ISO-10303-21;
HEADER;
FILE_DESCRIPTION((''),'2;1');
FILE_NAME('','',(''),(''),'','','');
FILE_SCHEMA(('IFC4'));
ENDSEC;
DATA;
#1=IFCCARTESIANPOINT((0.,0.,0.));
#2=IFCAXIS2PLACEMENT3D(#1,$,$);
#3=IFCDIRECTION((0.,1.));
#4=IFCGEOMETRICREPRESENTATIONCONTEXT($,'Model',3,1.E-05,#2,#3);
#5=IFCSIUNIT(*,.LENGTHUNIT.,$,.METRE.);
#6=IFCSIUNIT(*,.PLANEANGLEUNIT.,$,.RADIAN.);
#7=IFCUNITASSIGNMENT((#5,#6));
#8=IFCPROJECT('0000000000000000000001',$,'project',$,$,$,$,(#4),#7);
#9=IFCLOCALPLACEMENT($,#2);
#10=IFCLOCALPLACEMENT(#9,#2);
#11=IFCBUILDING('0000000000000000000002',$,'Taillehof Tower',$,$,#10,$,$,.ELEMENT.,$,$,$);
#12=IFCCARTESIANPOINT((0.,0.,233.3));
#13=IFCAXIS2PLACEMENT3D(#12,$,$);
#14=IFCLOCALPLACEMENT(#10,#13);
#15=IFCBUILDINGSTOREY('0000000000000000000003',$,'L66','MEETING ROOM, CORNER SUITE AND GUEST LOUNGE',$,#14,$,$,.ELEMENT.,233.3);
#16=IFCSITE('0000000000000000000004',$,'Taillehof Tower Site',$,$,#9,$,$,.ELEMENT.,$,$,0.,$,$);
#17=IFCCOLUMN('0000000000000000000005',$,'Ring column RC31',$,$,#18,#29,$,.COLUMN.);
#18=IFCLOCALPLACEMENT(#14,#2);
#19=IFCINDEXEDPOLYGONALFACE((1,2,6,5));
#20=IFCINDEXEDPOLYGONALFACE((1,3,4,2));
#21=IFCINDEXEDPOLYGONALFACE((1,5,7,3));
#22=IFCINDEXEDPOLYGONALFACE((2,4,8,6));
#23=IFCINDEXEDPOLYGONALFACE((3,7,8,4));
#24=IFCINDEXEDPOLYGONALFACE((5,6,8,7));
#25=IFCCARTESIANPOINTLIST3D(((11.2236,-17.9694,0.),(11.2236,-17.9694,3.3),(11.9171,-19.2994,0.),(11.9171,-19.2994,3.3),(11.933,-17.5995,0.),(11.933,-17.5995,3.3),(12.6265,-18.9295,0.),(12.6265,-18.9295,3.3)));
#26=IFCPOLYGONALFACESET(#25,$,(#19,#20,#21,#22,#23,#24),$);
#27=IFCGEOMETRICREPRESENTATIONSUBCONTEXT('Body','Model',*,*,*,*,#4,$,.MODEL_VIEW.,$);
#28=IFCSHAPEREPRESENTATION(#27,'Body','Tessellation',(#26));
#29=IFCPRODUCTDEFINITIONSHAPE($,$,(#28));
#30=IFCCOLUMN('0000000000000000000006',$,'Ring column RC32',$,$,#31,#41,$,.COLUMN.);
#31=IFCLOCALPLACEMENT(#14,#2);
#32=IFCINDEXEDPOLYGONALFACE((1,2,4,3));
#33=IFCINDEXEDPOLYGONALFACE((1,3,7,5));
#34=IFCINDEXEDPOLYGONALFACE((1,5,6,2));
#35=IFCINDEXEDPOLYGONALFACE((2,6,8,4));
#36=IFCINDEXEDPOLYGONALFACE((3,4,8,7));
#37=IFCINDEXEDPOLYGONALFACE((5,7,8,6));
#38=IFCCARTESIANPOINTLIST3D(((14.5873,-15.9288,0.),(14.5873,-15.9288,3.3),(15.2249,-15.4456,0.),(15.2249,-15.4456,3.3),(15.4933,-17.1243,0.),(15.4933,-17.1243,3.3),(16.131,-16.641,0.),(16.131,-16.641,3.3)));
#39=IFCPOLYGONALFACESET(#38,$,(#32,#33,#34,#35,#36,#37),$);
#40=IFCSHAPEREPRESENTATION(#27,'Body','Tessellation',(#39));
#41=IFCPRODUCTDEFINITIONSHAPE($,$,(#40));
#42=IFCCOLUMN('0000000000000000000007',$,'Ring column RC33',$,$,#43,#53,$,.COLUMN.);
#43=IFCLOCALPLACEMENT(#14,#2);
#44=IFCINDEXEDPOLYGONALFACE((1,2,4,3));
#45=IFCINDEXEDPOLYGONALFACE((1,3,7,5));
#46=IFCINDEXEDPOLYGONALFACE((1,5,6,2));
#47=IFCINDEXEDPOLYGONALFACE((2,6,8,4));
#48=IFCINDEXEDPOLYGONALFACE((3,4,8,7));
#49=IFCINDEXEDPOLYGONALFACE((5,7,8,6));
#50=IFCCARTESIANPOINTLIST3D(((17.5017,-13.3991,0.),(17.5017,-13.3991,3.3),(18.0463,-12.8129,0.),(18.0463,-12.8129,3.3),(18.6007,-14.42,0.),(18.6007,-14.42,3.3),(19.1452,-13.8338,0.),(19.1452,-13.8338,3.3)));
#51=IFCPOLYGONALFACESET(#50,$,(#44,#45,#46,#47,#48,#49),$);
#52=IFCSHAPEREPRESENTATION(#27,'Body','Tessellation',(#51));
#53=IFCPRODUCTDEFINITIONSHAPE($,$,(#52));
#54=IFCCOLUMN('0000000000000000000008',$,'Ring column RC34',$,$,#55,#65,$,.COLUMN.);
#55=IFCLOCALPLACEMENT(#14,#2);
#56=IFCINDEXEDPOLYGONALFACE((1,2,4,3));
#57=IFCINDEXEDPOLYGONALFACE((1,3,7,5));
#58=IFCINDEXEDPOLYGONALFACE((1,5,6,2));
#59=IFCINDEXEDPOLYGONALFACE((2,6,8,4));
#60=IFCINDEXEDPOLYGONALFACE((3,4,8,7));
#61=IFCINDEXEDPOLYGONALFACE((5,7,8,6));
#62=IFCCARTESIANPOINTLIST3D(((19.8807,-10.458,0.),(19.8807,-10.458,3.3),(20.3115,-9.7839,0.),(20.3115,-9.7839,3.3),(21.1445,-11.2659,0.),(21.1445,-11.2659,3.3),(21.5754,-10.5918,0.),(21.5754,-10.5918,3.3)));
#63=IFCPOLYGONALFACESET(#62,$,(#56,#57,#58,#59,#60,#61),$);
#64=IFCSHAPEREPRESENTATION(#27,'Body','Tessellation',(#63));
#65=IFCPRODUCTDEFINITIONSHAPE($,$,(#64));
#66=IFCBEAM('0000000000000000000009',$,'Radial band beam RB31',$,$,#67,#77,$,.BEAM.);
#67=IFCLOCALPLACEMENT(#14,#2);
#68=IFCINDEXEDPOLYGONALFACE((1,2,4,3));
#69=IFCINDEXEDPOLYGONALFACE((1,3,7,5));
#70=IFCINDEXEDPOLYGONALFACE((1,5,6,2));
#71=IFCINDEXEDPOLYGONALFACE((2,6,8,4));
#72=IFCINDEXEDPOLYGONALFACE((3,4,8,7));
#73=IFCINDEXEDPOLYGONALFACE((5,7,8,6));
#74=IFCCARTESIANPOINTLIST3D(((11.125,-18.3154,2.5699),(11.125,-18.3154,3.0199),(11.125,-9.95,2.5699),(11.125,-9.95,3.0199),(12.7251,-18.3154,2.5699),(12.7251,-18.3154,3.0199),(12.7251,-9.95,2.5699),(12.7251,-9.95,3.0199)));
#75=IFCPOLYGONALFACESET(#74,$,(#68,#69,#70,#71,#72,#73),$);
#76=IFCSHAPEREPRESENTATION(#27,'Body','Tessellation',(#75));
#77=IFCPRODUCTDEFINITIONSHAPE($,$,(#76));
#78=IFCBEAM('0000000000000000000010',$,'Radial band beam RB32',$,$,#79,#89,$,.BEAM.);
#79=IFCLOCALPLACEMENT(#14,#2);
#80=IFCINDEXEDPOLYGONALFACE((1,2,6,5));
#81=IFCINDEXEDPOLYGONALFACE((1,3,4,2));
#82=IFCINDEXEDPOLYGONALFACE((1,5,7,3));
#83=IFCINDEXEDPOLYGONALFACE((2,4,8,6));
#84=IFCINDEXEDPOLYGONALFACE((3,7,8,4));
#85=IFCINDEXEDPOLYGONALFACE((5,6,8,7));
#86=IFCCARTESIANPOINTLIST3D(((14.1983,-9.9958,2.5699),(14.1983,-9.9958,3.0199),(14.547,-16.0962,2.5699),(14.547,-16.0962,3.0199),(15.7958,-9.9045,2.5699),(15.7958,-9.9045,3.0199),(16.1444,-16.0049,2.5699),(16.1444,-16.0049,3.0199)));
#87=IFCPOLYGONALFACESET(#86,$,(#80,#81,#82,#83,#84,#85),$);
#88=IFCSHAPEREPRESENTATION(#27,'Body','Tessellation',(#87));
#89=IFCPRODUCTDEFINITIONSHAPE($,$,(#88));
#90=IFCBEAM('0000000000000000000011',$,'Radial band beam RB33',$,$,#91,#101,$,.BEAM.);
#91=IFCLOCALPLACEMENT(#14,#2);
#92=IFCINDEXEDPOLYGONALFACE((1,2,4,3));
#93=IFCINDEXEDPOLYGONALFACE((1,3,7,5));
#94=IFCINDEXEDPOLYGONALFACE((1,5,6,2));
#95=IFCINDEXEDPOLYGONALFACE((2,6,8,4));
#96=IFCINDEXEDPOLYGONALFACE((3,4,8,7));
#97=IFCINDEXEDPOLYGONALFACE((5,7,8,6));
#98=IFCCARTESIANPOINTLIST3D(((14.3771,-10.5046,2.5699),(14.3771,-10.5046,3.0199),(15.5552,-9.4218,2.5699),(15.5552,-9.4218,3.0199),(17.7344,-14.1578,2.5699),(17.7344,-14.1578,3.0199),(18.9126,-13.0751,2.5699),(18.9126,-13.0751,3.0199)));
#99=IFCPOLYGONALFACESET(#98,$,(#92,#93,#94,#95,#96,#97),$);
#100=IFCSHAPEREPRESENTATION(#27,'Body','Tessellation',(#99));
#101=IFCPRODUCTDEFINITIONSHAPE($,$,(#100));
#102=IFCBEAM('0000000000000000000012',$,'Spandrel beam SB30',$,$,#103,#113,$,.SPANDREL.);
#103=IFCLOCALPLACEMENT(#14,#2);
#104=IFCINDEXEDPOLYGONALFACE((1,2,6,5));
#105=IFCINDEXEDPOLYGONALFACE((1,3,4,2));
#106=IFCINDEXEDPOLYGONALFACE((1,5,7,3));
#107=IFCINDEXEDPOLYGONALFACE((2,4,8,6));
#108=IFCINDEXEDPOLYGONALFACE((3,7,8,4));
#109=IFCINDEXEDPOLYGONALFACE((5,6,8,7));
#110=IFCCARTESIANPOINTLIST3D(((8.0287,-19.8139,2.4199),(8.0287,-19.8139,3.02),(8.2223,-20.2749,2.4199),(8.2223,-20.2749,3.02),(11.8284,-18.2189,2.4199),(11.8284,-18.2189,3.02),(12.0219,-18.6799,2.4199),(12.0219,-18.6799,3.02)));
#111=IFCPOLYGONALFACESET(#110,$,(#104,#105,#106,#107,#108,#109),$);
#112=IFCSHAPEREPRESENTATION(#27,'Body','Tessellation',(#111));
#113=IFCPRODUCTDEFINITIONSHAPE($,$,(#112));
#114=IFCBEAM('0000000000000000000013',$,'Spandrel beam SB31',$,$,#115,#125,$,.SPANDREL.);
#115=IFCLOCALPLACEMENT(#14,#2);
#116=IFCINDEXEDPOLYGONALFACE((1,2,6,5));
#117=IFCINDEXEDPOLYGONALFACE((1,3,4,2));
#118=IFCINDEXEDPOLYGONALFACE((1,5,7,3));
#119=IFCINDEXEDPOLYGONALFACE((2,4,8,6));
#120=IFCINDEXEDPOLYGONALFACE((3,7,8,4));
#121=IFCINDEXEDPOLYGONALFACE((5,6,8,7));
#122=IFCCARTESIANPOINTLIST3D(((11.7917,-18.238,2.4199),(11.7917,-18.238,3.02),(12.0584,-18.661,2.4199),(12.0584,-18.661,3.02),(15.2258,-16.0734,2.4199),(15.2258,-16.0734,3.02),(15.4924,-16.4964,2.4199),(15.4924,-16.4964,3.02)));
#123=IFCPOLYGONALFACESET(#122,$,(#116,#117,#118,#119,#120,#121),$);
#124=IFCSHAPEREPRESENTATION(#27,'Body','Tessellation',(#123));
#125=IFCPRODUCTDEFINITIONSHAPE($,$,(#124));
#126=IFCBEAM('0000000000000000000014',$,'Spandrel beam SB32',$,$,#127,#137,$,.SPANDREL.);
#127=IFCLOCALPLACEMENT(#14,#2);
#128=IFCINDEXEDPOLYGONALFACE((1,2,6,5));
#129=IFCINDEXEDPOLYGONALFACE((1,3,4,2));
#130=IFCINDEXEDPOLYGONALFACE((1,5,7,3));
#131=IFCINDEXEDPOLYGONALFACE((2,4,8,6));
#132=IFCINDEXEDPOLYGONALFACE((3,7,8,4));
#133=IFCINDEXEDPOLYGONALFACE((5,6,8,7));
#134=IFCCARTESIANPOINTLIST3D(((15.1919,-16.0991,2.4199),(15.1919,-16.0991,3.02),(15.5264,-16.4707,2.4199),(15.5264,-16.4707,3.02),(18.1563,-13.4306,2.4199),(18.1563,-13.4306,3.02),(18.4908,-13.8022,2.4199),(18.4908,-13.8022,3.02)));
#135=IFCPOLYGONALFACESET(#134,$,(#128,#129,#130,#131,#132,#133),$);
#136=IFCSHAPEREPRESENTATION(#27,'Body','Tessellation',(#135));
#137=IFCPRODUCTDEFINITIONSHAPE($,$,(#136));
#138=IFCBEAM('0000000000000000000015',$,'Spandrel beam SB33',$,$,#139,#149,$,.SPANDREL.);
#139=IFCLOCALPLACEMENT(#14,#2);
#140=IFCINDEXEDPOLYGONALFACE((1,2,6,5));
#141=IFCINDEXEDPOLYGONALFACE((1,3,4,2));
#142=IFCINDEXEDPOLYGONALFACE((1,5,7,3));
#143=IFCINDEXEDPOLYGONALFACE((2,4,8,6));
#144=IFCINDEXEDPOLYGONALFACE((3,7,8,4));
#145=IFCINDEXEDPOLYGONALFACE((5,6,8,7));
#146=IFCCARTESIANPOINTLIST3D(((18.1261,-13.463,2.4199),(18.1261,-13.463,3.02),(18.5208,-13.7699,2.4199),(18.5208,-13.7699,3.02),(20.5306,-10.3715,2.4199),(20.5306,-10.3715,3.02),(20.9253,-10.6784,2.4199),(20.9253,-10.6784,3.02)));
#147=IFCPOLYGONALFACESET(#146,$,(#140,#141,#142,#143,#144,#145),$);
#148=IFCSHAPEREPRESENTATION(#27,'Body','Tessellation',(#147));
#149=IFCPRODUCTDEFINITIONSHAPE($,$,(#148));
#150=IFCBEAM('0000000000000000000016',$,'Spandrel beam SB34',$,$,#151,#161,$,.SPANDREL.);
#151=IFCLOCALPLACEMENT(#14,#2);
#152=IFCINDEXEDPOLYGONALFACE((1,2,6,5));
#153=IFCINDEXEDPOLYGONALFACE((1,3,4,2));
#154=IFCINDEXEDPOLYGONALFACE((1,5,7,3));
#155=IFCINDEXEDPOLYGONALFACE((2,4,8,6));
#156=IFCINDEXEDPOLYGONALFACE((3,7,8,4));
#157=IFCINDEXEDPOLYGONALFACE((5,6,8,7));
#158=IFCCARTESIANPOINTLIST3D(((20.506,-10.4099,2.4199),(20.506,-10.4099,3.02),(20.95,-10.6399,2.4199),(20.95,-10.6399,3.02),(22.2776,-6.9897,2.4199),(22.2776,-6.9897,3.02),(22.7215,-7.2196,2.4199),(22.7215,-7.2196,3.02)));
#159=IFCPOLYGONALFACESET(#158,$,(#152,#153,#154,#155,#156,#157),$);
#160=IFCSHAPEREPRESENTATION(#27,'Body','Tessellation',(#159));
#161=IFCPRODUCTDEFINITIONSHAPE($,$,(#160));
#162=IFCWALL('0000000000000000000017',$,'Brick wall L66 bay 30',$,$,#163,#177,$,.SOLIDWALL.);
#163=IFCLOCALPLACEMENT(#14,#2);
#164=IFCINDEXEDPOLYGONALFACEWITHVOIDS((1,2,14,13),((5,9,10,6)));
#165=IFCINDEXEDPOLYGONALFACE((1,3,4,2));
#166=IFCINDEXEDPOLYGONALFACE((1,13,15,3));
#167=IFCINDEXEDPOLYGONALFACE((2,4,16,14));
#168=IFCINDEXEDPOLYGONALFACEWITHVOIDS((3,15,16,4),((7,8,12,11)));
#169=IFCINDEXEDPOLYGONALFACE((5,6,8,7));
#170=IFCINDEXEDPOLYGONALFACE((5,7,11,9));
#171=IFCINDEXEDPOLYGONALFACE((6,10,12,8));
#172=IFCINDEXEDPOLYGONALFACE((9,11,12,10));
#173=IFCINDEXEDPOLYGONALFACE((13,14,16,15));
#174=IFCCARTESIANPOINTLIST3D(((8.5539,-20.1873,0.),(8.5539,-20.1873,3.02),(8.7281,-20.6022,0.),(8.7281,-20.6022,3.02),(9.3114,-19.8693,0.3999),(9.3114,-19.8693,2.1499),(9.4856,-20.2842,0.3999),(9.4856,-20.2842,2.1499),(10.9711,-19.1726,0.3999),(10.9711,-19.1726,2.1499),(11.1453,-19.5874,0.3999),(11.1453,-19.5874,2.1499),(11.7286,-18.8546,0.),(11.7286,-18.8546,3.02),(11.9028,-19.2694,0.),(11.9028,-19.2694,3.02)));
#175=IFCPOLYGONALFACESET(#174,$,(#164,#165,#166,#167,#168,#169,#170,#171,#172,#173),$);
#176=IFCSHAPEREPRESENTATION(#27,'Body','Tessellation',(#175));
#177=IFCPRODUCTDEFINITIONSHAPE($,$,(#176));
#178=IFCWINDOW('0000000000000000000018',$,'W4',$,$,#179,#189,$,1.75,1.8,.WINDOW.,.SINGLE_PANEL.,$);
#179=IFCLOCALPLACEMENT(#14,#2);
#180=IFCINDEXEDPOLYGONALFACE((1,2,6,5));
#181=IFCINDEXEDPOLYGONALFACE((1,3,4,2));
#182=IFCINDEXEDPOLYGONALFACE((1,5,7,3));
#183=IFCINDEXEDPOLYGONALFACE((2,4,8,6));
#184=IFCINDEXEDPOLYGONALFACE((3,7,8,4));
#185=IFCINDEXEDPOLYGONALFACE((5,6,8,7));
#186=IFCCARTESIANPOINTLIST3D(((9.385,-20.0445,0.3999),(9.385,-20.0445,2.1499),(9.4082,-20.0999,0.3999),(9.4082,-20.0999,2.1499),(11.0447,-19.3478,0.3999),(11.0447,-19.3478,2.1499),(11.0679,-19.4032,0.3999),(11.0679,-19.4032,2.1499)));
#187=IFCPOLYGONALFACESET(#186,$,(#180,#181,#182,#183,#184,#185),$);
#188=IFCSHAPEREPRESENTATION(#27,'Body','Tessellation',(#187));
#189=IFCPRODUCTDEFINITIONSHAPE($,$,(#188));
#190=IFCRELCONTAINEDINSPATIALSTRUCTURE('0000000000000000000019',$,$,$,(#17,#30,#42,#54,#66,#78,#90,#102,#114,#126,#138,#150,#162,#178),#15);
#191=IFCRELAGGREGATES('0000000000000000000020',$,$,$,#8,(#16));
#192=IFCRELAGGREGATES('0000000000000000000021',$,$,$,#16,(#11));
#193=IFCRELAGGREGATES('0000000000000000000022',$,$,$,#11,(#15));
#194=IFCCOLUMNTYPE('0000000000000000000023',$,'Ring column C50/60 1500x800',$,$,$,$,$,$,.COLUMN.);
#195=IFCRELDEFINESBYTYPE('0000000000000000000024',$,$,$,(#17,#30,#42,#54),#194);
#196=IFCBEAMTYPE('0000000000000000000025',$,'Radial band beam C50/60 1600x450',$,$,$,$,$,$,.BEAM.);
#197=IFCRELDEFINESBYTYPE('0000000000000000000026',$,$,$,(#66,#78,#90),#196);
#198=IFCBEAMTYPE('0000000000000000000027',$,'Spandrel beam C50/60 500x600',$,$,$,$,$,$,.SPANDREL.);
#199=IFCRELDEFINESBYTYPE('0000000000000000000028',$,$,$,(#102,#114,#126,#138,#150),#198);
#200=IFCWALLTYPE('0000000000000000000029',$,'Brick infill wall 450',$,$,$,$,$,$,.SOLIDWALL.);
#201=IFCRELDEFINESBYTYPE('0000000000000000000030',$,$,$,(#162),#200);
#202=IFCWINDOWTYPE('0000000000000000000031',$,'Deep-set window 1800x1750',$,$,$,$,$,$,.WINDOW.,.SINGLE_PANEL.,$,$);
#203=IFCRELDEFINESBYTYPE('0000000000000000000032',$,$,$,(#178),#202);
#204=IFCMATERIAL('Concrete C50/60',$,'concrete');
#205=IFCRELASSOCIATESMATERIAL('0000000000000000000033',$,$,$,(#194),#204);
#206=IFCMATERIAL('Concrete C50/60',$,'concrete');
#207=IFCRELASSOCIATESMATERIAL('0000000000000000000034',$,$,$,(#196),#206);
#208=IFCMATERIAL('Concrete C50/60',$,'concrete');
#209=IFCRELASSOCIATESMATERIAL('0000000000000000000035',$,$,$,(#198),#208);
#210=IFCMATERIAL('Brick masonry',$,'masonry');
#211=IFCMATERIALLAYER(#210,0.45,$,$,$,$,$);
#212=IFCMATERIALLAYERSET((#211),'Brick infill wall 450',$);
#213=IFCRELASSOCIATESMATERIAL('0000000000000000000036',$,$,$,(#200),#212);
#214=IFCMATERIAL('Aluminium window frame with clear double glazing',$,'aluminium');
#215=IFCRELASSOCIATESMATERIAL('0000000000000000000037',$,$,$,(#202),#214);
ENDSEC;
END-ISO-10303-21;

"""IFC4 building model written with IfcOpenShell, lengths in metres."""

from ifc_helpers import new_model, si_unit, direction, frame, frame_2d, origin, origin_2d, place, context, subcontext, project, spatial, rectangle, extrude, material, layer, layer_set, material_profile, profile_set, type_object, element, fill, save


model = new_model("IFC4")

# Units and contexts
model_context = context("Model", 3, precision=1e-05, world=origin(), true_north=direction((0.0, 1.0)))
body_context = subcontext(model_context, "Body", "Model", "MODEL_VIEW")
ifc_project = project(units=[si_unit("LENGTHUNIT", "METRE"), si_unit("PLANEANGLEUNIT", "RADIAN")], contexts=[model_context])

# Site, building, storey
site_placement = place(None, origin())
site = spatial("IfcSite", under=ifc_project, at=site_placement, Name="Taillehof Tower Site", CompositionType="ELEMENT", RefElevation=0.0)
building_placement = place(site_placement, origin())
building = spatial("IfcBuilding", under=site, at=building_placement, Name="Taillehof Tower", CompositionType="ELEMENT")
storey_placement = place(building_placement, frame((0.0, 0.0, 233.3)))
storey = spatial("IfcBuildingStorey", under=building, at=storey_placement, Name="L66", Description="MEETING ROOM, CORNER SUITE AND GUEST LOUNGE", CompositionType="ELEMENT", Elevation=233.3)

# Columns
ifc_material_1 = material(Name="Concrete C50/60", Category="concrete")
ifc_material_profile_1 = material_profile(ifc_material_1, rectangle(XDim=1.5, YDim=0.8, at=origin_2d()), Name="RC 1500x800")
ifc_profile_set_1 = profile_set([ifc_material_profile_1], Name="Concrete C50/60")
column_type = type_object("IfcColumnType", Name="Ring column C50/60 1500x800", PredefinedType="COLUMN", material=ifc_profile_set_1)
for number, where, z_axis, x_axis, name in (
    (1, (11.925, -18.4495, 0.0), (0.0, 0.0, 1.0), (0.462384, -0.88668, 0.0), "Ring column RC31"),
    (2, (15.3591, -16.2849, 0.0), (0.0, 0.0, 1.0), (0.60402, -0.796969, 0.0), "Ring column RC32"),
    (3, (18.3235, -13.6165, 0.0), (0.0, 0.0, 1.0), (0.732636, -0.680621, 0.0), "Ring column RC33"),
    (4, (20.728, -10.5249, 0.0), (0.0, 0.0, 1.0), (0.842574, -0.538581, 0.0), "Ring column RC34"),
):
    element("IfcColumn", number, at=place(storey_placement, frame(where, z_axis=z_axis, x_axis=x_axis)), inside=storey, type_object=column_type, Name=name, PredefinedType="COLUMN", context=body_context, shape_type="SweptSolid", body=[
        extrude(rectangle(XDim=1.5, YDim=0.8, at=origin_2d()), origin(), (0.0, 0.0, 1.0), 3.3),
    ])

# Beams
ifc_material_2 = material(Name="Concrete C50/60", Category="concrete")
ifc_material_profile_2 = material_profile(ifc_material_2, rectangle(XDim=1.6001, YDim=0.45, at=origin_2d()), Name="RC 1600x450")
ifc_profile_set_2 = profile_set([ifc_material_profile_2], Name="Concrete C50/60")
beam_type_1 = type_object("IfcBeamType", Name="Radial band beam C50/60 1600x450", PredefinedType="BEAM", material=ifc_profile_set_2)
beam_1_placement = place(storey_placement, frame((11.925, -18.3154, 2.7949), z_axis=(0.0, 1.0, 0.0), x_axis=(-1.0, 0.0, 0.0)))
element("IfcBeam", 5, at=beam_1_placement, inside=storey, type_object=beam_type_1, Name="Radial band beam RB31", PredefinedType="BEAM", context=body_context, shape_type="SweptSolid", body=[
    extrude(rectangle(XDim=1.6001, YDim=0.45, at=origin_2d()), origin(), (0.0, 0.0, 1.0), 8.3655),
])
beam_2_placement = place(storey_placement, frame((15.3457, -16.0505, 2.7949), z_axis=(-0.057057, 0.998371, 0.0), x_axis=(-0.998371, -0.057057, 0.0)))
element("IfcBeam", 6, at=beam_2_placement, inside=storey, type_object=beam_type_1, Name="Radial band beam RB32", PredefinedType="BEAM", context=body_context, shape_type="SweptSolid", body=[
    extrude(rectangle(XDim=1.6001, YDim=0.45, at=origin_2d()), origin(), (0.0, 0.0, 1.0), 6.1104),
])
beam_3_placement = place(storey_placement, frame((18.3235, -13.6165, 2.7949), z_axis=(-0.67666, 0.736296, 0.0), x_axis=(-0.736296, -0.67666, 0.0)))
element("IfcBeam", 7, at=beam_3_placement, inside=storey, type_object=beam_type_1, Name="Radial band beam RB33", PredefinedType="BEAM", context=body_context, shape_type="SweptSolid", body=[
    extrude(rectangle(XDim=1.6001, YDim=0.45, at=origin_2d()), origin(), (0.0, 0.0, 1.0), 4.9617),
])
ifc_material_3 = material(Name="Concrete C50/60", Category="concrete")
ifc_material_profile_3 = material_profile(ifc_material_3, rectangle(XDim=0.5, YDim=0.6001, at=origin_2d()), Name="RC 500x600")
ifc_profile_set_3 = profile_set([ifc_material_profile_3], Name="Concrete C50/60")
beam_type_2 = type_object("IfcBeamType", Name="Spandrel beam C50/60 500x600", PredefinedType="SPANDREL", material=ifc_profile_set_3)
beam_4_placement = place(storey_placement, frame((8.1255, -20.0444, 2.72), z_axis=(0.922055, 0.387058, 0.0), x_axis=(-0.387058, 0.922055, 0.0)))
element("IfcBeam", 8, at=beam_4_placement, inside=storey, type_object=beam_type_2, Name="Spandrel beam SB30", PredefinedType="SPANDREL", context=body_context, shape_type="SweptSolid", body=[
    extrude(rectangle(XDim=0.5, YDim=0.6001, at=origin_2d()), origin(), (0.0, 0.0, 1.0), 4.1208),
])
beam_5_placement = place(storey_placement, frame((11.925, -18.4495, 2.72), z_axis=(0.845972, 0.533228, 0.0), x_axis=(-0.533228, 0.845972, 0.0)))
element("IfcBeam", 9, at=beam_5_placement, inside=storey, type_object=beam_type_2, Name="Spandrel beam SB31", PredefinedType="SPANDREL", context=body_context, shape_type="SweptSolid", body=[
    extrude(rectangle(XDim=0.5, YDim=0.6001, at=origin_2d()), origin(), (0.0, 0.0, 1.0), 4.0593),
])
beam_6_placement = place(storey_placement, frame((15.3591, -16.2849, 2.72), z_axis=(0.743227, 0.669039, 0.0), x_axis=(-0.669039, 0.743227, 0.0)))
element("IfcBeam", 10, at=beam_6_placement, inside=storey, type_object=beam_type_2, Name="Spandrel beam SB32", PredefinedType="SPANDREL", context=body_context, shape_type="SweptSolid", body=[
    extrude(rectangle(XDim=0.5, YDim=0.6001, at=origin_2d()), origin(), (0.0, 0.0, 1.0), 3.9885),
])
beam_7_placement = place(storey_placement, frame((18.3235, -13.6165, 2.72), z_axis=(0.613941, 0.789352, 0.0), x_axis=(-0.789352, 0.613941, 0.0)))
element("IfcBeam", 11, at=beam_7_placement, inside=storey, type_object=beam_type_2, Name="Spandrel beam SB33", PredefinedType="SPANDREL", context=body_context, shape_type="SweptSolid", body=[
    extrude(rectangle(XDim=0.5, YDim=0.6001, at=origin_2d()), origin(), (0.0, 0.0, 1.0), 3.9165),
])
beam_8_placement = place(storey_placement, frame((20.728, -10.5249, 2.72), z_axis=(0.459921, 0.88796, 0.0), x_axis=(-0.88796, 0.459921, 0.0)))
element("IfcBeam", 12, at=beam_8_placement, inside=storey, type_object=beam_type_2, Name="Spandrel beam SB34", PredefinedType="SPANDREL", context=body_context, shape_type="SweptSolid", body=[
    extrude(rectangle(XDim=0.5, YDim=0.6001, at=origin_2d()), origin(), (0.0, 0.0, 1.0), 3.8518),
])

# Wall, opening, window
ifc_material_4 = material(Name="Brick masonry", Category="masonry")
ifc_layer_1 = layer(ifc_material_4, 0.45)
ifc_layer_set_1 = layer_set([ifc_layer_1], Name="Brick infill wall 450")
wall_type_1 = type_object("IfcWallType", Name="Brick infill wall 450", PredefinedType="SOLIDWALL", material=ifc_layer_set_1)
wall_1_placement = place(storey_placement, frame((8.6409, -20.3948, 0.0), z_axis=(0.0, 0.0, 1.0), x_axis=(0.92205, 0.387071, 0.0)))
wall_1 = element("IfcWall", 13, at=wall_1_placement, inside=storey, type_object=wall_type_1, Name="Brick wall L66 bay 30", PredefinedType="SOLIDWALL", context=body_context, shape_type="SweptSolid", body=[
    extrude(rectangle(XDim=3.4431, YDim=0.45, at=frame_2d((1.7217, 0.0))), origin(), (0.0, 0.0, 1.0), 3.02),
])
opening_1_placement = place(wall_1_placement, frame((0.8218, 0.0, 0.3999)))
opening_1 = element("IfcOpeningElement", 14, at=opening_1_placement, cuts=wall_1, PredefinedType="OPENING", context=body_context, shape_type="SweptSolid", body=[
    extrude(rectangle(XDim=1.8, YDim=1.75, at=frame_2d((0.8999, 0.875))), frame((0.0, 0.2349, 0.0), z_axis=(0.0, -1.0, 0.0), x_axis=(1.0, 0.0, 0.0)), (0.0, 0.0, 1.0), 0.47),
])
ifc_material_5 = material(Name="Aluminium window frame with clear double glazing", Category="aluminium")
window_type = type_object("IfcWindowType", Name="Deep-set window 1800x1750", PartitioningType="SINGLE_PANEL", PredefinedType="WINDOW", material=ifc_material_5)
window_1_placement = place(opening_1_placement, origin())
window_1 = element("IfcWindow", 15, at=window_1_placement, inside=storey, type_object=window_type, Name="W4", OverallHeight=1.75, OverallWidth=1.8, PartitioningType="SINGLE_PANEL", PredefinedType="WINDOW", context=body_context, shape_type="SweptSolid", body=[
    extrude(rectangle(XDim=1.8, YDim=1.75, at=frame_2d((0.8999, 0.875))), frame((0.0, 0.0349, 0.0), z_axis=(0.0, -1.0, 0.0), x_axis=(1.0, 0.0, 0.0)), (0.0, 0.0, 1.0), 0.0601),
])
fill(opening_1, window_1)

save(model, "model.ifc")
